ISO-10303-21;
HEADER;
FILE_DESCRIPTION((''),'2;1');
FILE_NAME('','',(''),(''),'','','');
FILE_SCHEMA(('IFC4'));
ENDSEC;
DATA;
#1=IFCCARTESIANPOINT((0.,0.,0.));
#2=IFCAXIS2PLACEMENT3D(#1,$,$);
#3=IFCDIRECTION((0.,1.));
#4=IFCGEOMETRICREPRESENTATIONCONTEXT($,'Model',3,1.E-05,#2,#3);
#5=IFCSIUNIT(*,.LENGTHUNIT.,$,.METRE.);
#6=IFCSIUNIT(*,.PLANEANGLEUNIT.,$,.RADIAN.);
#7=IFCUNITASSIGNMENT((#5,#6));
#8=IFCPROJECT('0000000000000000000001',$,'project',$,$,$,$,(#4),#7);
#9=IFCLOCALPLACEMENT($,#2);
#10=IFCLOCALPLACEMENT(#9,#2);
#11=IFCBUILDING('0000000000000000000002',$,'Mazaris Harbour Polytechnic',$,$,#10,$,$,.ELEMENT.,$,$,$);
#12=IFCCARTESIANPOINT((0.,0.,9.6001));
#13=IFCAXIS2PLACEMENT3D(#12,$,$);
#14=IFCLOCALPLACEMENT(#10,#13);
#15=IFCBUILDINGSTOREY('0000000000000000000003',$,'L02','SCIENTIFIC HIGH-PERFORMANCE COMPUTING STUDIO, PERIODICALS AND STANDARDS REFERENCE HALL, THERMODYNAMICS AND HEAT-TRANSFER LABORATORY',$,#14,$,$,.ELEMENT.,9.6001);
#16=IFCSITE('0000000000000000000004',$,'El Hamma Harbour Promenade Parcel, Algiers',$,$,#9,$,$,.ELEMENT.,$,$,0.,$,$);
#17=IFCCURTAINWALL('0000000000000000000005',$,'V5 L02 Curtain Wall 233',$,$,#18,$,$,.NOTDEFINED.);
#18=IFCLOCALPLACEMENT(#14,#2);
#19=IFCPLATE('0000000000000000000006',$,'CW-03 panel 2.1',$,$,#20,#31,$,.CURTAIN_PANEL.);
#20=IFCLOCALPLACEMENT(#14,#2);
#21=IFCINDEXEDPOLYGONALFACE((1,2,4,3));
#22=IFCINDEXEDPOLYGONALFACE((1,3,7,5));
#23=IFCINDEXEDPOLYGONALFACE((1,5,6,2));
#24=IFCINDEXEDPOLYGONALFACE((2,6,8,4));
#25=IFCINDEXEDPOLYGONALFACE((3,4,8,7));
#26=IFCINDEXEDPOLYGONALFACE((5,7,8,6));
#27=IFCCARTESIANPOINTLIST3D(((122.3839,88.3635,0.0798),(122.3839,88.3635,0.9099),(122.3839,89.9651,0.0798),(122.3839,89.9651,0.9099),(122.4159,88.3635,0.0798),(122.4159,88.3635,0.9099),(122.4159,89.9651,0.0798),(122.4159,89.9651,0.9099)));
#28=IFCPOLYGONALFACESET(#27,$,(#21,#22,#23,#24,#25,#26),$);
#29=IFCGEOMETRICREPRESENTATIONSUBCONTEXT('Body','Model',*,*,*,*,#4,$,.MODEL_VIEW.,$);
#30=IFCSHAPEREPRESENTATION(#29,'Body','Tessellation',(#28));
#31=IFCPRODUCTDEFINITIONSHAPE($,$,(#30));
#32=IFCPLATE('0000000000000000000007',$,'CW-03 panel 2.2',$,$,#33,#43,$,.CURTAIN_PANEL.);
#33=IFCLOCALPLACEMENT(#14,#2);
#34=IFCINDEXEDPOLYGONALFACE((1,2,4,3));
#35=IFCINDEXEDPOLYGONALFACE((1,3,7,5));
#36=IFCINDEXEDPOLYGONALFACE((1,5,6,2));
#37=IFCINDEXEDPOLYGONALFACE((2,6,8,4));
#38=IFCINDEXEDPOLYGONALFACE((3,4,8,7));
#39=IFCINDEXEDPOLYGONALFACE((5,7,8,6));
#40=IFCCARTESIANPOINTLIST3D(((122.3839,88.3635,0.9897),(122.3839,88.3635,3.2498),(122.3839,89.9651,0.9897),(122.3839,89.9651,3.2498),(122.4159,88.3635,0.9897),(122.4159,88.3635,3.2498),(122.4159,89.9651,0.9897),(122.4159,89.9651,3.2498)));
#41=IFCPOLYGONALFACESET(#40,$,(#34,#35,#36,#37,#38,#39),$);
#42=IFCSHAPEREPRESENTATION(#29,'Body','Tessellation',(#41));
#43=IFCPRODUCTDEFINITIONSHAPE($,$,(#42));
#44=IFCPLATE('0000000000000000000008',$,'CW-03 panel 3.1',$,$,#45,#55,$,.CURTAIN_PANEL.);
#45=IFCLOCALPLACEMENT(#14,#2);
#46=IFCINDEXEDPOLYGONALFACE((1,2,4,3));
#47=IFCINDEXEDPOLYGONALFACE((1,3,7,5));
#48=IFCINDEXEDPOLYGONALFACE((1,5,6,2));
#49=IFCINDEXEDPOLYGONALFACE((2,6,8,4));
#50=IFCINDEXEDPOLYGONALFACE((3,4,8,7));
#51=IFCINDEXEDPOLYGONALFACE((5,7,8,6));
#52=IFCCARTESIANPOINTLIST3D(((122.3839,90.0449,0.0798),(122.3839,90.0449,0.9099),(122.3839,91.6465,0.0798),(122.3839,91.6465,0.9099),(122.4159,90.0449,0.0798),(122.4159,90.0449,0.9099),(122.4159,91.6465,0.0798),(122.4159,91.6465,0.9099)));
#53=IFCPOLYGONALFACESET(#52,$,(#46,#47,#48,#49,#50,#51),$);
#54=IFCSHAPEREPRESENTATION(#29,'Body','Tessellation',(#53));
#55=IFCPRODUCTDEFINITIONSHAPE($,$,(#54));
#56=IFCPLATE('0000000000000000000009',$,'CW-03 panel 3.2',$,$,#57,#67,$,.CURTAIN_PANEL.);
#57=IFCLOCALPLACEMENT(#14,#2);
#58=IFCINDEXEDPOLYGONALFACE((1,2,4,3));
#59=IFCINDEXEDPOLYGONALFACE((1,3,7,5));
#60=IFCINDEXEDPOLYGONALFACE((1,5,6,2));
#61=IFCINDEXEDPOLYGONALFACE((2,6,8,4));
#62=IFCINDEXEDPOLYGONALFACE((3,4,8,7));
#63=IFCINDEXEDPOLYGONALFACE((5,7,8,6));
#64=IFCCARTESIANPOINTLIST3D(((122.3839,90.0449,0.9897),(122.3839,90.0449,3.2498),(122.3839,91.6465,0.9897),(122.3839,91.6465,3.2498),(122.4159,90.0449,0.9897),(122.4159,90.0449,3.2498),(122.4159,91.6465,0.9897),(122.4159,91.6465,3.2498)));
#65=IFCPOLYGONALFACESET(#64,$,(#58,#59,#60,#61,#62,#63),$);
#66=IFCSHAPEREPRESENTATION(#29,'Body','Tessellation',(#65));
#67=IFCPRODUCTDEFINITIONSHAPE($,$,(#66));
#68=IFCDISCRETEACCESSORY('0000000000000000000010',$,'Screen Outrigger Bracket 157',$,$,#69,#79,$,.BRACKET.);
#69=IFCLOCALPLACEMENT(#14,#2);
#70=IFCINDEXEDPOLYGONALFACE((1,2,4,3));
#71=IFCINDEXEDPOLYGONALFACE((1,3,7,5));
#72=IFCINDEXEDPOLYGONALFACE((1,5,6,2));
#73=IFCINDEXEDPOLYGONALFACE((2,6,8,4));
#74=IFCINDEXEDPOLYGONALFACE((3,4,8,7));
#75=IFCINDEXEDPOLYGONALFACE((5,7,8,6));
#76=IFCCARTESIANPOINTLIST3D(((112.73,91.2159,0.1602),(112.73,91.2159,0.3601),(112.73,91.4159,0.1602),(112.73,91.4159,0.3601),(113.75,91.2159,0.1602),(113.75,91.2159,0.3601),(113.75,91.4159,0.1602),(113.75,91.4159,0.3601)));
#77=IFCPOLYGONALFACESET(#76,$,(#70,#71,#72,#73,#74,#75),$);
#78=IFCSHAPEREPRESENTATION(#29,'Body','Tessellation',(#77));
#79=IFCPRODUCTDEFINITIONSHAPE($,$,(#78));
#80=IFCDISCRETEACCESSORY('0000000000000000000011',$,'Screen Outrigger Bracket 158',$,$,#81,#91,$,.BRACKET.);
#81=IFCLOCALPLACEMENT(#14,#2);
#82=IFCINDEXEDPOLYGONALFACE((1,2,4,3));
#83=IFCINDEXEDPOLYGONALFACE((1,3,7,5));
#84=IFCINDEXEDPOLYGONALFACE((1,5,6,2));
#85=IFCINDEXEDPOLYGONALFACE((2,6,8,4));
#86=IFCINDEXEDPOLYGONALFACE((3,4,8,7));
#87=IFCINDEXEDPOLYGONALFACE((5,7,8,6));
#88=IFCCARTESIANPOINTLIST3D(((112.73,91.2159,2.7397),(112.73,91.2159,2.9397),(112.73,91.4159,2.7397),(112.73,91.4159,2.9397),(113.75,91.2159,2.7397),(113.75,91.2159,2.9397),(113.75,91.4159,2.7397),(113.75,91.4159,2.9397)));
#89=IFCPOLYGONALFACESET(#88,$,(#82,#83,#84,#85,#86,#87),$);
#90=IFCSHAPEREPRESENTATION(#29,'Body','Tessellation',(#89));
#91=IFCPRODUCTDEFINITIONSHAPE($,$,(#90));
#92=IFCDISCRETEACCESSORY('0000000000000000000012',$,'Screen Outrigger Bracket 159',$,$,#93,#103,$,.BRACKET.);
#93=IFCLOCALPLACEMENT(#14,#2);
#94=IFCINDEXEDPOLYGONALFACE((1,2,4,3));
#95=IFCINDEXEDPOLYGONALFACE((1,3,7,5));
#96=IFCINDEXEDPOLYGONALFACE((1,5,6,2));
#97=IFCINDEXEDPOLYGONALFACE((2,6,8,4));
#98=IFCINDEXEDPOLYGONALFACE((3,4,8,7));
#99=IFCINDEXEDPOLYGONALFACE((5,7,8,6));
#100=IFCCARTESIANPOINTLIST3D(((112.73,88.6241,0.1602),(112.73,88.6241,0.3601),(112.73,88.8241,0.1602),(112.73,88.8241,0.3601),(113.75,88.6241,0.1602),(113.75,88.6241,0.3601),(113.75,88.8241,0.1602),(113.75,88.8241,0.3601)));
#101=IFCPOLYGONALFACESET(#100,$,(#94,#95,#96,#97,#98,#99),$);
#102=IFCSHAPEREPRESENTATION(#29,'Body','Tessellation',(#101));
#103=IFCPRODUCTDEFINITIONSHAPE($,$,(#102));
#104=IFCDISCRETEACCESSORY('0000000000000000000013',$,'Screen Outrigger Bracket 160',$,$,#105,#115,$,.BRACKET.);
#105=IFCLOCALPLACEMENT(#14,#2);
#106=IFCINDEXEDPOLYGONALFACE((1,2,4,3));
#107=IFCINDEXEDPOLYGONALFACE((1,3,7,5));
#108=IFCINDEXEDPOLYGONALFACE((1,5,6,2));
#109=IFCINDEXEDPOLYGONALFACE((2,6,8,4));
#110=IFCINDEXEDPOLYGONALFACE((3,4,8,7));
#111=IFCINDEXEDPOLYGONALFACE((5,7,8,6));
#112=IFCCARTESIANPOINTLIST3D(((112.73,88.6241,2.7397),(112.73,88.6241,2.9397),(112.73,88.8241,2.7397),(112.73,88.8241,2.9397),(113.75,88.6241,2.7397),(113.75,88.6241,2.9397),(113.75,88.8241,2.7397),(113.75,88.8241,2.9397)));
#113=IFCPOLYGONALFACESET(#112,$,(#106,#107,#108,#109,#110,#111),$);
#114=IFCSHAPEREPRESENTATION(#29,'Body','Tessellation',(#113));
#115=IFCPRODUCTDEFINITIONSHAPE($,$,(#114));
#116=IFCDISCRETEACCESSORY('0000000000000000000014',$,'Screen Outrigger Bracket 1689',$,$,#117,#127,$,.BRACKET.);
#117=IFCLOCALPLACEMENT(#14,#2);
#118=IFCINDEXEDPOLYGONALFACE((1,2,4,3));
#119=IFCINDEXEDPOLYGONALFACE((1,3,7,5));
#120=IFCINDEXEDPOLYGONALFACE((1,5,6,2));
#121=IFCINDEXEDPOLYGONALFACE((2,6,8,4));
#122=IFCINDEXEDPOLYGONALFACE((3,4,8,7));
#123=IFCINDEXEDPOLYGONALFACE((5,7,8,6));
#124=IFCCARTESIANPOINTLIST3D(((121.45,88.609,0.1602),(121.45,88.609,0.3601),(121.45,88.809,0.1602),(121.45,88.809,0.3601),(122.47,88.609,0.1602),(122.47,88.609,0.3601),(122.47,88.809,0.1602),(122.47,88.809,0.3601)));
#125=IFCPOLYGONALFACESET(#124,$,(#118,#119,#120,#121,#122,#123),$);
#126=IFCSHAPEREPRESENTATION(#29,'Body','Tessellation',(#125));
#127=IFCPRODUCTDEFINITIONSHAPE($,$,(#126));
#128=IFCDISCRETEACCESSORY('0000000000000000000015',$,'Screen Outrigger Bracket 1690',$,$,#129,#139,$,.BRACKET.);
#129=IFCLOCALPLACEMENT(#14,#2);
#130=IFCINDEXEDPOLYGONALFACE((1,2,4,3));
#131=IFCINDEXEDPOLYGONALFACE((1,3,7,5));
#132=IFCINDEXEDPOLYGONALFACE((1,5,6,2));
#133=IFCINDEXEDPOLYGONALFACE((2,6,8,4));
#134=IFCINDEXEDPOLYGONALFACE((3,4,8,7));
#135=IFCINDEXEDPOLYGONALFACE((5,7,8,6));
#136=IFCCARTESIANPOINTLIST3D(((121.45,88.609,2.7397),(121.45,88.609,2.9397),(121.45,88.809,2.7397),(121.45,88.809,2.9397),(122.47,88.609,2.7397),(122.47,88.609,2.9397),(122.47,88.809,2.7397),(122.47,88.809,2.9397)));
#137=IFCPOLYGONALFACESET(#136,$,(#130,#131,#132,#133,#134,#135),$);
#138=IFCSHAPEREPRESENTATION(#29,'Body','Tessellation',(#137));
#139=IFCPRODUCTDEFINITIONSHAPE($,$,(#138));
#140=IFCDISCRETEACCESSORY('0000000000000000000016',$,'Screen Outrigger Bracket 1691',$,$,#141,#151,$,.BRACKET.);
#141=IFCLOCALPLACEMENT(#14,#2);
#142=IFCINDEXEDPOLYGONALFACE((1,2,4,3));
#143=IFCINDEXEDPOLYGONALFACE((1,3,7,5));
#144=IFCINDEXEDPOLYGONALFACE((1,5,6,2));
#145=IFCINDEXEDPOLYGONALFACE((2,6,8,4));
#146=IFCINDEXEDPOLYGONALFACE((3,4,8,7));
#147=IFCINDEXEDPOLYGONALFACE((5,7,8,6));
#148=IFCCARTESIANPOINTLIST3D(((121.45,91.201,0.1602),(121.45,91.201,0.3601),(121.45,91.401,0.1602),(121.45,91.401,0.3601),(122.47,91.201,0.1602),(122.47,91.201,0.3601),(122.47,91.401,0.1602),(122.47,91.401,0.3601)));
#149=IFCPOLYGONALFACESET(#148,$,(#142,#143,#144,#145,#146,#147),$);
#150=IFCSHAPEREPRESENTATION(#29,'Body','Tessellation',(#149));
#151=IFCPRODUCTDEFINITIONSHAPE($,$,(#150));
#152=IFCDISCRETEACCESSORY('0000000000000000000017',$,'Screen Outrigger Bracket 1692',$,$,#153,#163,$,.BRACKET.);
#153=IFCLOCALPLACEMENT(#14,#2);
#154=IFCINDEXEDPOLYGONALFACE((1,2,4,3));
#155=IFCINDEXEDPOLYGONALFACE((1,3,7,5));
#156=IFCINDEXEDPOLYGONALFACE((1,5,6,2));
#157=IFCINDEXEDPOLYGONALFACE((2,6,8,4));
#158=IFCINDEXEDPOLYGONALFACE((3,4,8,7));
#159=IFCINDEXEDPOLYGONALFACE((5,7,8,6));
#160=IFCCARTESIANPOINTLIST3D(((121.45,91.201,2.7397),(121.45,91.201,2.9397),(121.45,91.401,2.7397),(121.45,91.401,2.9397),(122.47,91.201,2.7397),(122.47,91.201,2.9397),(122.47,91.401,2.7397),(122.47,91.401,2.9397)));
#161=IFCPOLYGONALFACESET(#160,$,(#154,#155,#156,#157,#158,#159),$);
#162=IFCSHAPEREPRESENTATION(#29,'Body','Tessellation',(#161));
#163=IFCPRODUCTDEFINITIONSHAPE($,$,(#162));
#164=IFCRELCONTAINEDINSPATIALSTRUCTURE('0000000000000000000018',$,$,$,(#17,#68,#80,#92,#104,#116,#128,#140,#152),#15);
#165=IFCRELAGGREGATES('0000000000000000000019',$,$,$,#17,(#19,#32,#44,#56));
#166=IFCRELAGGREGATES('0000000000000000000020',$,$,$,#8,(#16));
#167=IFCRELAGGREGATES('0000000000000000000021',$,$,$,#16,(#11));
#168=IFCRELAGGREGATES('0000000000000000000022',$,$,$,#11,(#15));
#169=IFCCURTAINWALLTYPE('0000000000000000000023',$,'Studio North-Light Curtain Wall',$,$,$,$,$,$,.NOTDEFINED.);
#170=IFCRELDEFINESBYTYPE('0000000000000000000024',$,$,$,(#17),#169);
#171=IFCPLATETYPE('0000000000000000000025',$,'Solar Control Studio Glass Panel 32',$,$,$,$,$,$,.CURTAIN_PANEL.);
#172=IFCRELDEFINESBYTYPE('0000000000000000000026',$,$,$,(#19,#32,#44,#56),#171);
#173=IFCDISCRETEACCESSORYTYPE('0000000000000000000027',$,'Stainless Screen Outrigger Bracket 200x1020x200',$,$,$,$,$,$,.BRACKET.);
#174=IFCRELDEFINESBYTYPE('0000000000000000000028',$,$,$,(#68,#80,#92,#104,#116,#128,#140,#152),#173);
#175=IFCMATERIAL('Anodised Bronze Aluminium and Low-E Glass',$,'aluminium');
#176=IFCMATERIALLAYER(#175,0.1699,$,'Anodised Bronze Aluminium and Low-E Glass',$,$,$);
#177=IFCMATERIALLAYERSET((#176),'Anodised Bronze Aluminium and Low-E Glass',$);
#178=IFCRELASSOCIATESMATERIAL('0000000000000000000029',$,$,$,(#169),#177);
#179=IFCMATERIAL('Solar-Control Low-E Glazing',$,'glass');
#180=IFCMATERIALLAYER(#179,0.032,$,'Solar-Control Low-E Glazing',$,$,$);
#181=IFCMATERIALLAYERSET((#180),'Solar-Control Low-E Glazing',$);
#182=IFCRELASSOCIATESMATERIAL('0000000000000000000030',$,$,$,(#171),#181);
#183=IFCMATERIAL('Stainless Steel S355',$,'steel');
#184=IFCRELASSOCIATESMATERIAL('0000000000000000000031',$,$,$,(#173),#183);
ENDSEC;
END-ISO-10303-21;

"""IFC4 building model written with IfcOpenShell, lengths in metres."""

from ifc_helpers import new_model, si_unit, direction, frame, origin, origin_2d, place, context, subcontext, project, spatial, rectangle, extrude, material, layer, layer_set, type_object, element, aggregate, save


model = new_model("IFC4")

# Units and contexts
model_context = context("Model", 3, precision=1e-05, world=origin(), true_north=direction((0.0, 1.0)))
body_context = subcontext(model_context, "Body", "Model", "MODEL_VIEW")
ifc_project = project(units=[si_unit("LENGTHUNIT", "METRE"), si_unit("PLANEANGLEUNIT", "RADIAN")], contexts=[model_context])

# Site, building, storey
site_placement = place(None, origin())
site = spatial("IfcSite", under=ifc_project, at=site_placement, Name="El Hamma Harbour Promenade Parcel, Algiers", CompositionType="ELEMENT", RefElevation=0.0)
building_placement = place(site_placement, origin())
building = spatial("IfcBuilding", under=site, at=building_placement, Name="Mazaris Harbour Polytechnic", CompositionType="ELEMENT")
storey_placement = place(building_placement, frame((0.0, 0.0, 9.6001)))
storey = spatial("IfcBuildingStorey", under=building, at=storey_placement, Name="L02", Description="SCIENTIFIC HIGH-PERFORMANCE COMPUTING STUDIO, PERIODICALS AND STANDARDS REFERENCE HALL, THERMODYNAMICS AND HEAT-TRANSFER LABORATORY", CompositionType="ELEMENT", Elevation=9.6001)

# Curtain wall
ifc_material_1 = material(Name="Anodised Bronze Aluminium and Low-E Glass", Category="aluminium")
ifc_layer_1 = layer(ifc_material_1, 0.1699, Name="Anodised Bronze Aluminium and Low-E Glass")
ifc_layer_set_1 = layer_set([ifc_layer_1], Name="Anodised Bronze Aluminium and Low-E Glass")
curtain_wall_type = type_object("IfcCurtainWallType", Name="Studio North-Light Curtain Wall", PredefinedType="NOTDEFINED", material=ifc_layer_set_1)
curtain_wall_placement = place(storey_placement, origin())
curtain_wall = element("IfcCurtainWall", 1, at=curtain_wall_placement, inside=storey, type_object=curtain_wall_type, Name="V5 L02 Curtain Wall 233", PredefinedType="NOTDEFINED")

# Plates
ifc_material_2 = material(Name="Solar-Control Low-E Glazing", Category="glass")
ifc_layer_2 = layer(ifc_material_2, 0.032, Name="Solar-Control Low-E Glazing")
ifc_layer_set_2 = layer_set([ifc_layer_2], Name="Solar-Control Low-E Glazing")
plate_type = type_object("IfcPlateType", Name="Solar Control Studio Glass Panel 32", PredefinedType="CURTAIN_PANEL", material=ifc_layer_set_2)
plate_1_placement = place(storey_placement, frame((122.3999, 89.1643, 0.0798), z_axis=(0.0, 0.0, 1.0), x_axis=(0.0, 1.0, 0.0)))
plate_1 = element("IfcPlate", 2, at=plate_1_placement, type_object=plate_type, Name="CW-03 panel 2.1", PredefinedType="CURTAIN_PANEL", context=body_context, shape_type="SweptSolid", body=[
    extrude(rectangle(XDim=1.6016, YDim=0.032, at=origin_2d()), origin(), (0.0, 0.0, 1.0), 0.8301),
])
plate_2_placement = place(storey_placement, frame((122.3999, 89.1643, 0.9897), z_axis=(0.0, 0.0, 1.0), x_axis=(0.0, 1.0, 0.0)))
plate_2 = element("IfcPlate", 3, at=plate_2_placement, type_object=plate_type, Name="CW-03 panel 2.2", PredefinedType="CURTAIN_PANEL", context=body_context, shape_type="SweptSolid", body=[
    extrude(rectangle(XDim=1.6016, YDim=0.032, at=origin_2d()), origin(), (0.0, 0.0, 1.0), 2.26),
])
plate_3_placement = place(storey_placement, frame((122.3999, 90.8457, 0.0798), z_axis=(0.0, 0.0, 1.0), x_axis=(0.0, 1.0, 0.0)))
plate_3 = element("IfcPlate", 4, at=plate_3_placement, type_object=plate_type, Name="CW-03 panel 3.1", PredefinedType="CURTAIN_PANEL", context=body_context, shape_type="SweptSolid", body=[
    extrude(rectangle(XDim=1.6016, YDim=0.032, at=origin_2d()), origin(), (0.0, 0.0, 1.0), 0.8301),
])
plate_4_placement = place(storey_placement, frame((122.3999, 90.8457, 0.9897), z_axis=(0.0, 0.0, 1.0), x_axis=(0.0, 1.0, 0.0)))
plate_4 = element("IfcPlate", 5, at=plate_4_placement, type_object=plate_type, Name="CW-03 panel 3.2", PredefinedType="CURTAIN_PANEL", context=body_context, shape_type="SweptSolid", body=[
    extrude(rectangle(XDim=1.6016, YDim=0.032, at=origin_2d()), origin(), (0.0, 0.0, 1.0), 2.26),
])
aggregate(curtain_wall, [plate_1, plate_2, plate_3, plate_4])

# Discrete accessories
ifc_material_3 = material(Name="Stainless Steel S355", Category="steel")
discrete_accessory_type = type_object("IfcDiscreteAccessoryType", Name="Stainless Screen Outrigger Bracket 200x1020x200", PredefinedType="BRACKET", material=ifc_material_3)
for number, where, z_axis, x_axis, name in (
    (6, (113.24, 91.3159, 0.1602), (0.0, 0.0, 1.0), (0.0, -1.0, 0.0), "Screen Outrigger Bracket 157"),
    (7, (113.24, 91.3159, 2.7397), (0.0, 0.0, 1.0), (0.0, -1.0, 0.0), "Screen Outrigger Bracket 158"),
    (8, (113.24, 88.7241, 0.1602), (0.0, 0.0, 1.0), (0.0, -1.0, 0.0), "Screen Outrigger Bracket 159"),
    (9, (113.24, 88.7241, 2.7397), (0.0, 0.0, 1.0), (0.0, -1.0, 0.0), "Screen Outrigger Bracket 160"),
    (10, (121.96, 88.709, 0.1602), (0.0, 0.0, 1.0), (0.0, 1.0, 0.0), "Screen Outrigger Bracket 1689"),
    (11, (121.96, 88.709, 2.7397), (0.0, 0.0, 1.0), (0.0, 1.0, 0.0), "Screen Outrigger Bracket 1690"),
    (12, (121.96, 91.301, 0.1602), (0.0, 0.0, 1.0), (0.0, 1.0, 0.0), "Screen Outrigger Bracket 1691"),
    (13, (121.96, 91.301, 2.7397), (0.0, 0.0, 1.0), (0.0, 1.0, 0.0), "Screen Outrigger Bracket 1692"),
):
    element("IfcDiscreteAccessory", number, at=place(storey_placement, frame(where, z_axis=z_axis, x_axis=x_axis)), inside=storey, type_object=discrete_accessory_type, Name=name, PredefinedType="BRACKET", context=body_context, shape_type="SweptSolid", body=[
        extrude(rectangle(XDim=0.2, YDim=1.02, at=origin_2d()), origin(), (0.0, 0.0, 1.0), 0.2),
    ])

save(model, "model.ifc")
